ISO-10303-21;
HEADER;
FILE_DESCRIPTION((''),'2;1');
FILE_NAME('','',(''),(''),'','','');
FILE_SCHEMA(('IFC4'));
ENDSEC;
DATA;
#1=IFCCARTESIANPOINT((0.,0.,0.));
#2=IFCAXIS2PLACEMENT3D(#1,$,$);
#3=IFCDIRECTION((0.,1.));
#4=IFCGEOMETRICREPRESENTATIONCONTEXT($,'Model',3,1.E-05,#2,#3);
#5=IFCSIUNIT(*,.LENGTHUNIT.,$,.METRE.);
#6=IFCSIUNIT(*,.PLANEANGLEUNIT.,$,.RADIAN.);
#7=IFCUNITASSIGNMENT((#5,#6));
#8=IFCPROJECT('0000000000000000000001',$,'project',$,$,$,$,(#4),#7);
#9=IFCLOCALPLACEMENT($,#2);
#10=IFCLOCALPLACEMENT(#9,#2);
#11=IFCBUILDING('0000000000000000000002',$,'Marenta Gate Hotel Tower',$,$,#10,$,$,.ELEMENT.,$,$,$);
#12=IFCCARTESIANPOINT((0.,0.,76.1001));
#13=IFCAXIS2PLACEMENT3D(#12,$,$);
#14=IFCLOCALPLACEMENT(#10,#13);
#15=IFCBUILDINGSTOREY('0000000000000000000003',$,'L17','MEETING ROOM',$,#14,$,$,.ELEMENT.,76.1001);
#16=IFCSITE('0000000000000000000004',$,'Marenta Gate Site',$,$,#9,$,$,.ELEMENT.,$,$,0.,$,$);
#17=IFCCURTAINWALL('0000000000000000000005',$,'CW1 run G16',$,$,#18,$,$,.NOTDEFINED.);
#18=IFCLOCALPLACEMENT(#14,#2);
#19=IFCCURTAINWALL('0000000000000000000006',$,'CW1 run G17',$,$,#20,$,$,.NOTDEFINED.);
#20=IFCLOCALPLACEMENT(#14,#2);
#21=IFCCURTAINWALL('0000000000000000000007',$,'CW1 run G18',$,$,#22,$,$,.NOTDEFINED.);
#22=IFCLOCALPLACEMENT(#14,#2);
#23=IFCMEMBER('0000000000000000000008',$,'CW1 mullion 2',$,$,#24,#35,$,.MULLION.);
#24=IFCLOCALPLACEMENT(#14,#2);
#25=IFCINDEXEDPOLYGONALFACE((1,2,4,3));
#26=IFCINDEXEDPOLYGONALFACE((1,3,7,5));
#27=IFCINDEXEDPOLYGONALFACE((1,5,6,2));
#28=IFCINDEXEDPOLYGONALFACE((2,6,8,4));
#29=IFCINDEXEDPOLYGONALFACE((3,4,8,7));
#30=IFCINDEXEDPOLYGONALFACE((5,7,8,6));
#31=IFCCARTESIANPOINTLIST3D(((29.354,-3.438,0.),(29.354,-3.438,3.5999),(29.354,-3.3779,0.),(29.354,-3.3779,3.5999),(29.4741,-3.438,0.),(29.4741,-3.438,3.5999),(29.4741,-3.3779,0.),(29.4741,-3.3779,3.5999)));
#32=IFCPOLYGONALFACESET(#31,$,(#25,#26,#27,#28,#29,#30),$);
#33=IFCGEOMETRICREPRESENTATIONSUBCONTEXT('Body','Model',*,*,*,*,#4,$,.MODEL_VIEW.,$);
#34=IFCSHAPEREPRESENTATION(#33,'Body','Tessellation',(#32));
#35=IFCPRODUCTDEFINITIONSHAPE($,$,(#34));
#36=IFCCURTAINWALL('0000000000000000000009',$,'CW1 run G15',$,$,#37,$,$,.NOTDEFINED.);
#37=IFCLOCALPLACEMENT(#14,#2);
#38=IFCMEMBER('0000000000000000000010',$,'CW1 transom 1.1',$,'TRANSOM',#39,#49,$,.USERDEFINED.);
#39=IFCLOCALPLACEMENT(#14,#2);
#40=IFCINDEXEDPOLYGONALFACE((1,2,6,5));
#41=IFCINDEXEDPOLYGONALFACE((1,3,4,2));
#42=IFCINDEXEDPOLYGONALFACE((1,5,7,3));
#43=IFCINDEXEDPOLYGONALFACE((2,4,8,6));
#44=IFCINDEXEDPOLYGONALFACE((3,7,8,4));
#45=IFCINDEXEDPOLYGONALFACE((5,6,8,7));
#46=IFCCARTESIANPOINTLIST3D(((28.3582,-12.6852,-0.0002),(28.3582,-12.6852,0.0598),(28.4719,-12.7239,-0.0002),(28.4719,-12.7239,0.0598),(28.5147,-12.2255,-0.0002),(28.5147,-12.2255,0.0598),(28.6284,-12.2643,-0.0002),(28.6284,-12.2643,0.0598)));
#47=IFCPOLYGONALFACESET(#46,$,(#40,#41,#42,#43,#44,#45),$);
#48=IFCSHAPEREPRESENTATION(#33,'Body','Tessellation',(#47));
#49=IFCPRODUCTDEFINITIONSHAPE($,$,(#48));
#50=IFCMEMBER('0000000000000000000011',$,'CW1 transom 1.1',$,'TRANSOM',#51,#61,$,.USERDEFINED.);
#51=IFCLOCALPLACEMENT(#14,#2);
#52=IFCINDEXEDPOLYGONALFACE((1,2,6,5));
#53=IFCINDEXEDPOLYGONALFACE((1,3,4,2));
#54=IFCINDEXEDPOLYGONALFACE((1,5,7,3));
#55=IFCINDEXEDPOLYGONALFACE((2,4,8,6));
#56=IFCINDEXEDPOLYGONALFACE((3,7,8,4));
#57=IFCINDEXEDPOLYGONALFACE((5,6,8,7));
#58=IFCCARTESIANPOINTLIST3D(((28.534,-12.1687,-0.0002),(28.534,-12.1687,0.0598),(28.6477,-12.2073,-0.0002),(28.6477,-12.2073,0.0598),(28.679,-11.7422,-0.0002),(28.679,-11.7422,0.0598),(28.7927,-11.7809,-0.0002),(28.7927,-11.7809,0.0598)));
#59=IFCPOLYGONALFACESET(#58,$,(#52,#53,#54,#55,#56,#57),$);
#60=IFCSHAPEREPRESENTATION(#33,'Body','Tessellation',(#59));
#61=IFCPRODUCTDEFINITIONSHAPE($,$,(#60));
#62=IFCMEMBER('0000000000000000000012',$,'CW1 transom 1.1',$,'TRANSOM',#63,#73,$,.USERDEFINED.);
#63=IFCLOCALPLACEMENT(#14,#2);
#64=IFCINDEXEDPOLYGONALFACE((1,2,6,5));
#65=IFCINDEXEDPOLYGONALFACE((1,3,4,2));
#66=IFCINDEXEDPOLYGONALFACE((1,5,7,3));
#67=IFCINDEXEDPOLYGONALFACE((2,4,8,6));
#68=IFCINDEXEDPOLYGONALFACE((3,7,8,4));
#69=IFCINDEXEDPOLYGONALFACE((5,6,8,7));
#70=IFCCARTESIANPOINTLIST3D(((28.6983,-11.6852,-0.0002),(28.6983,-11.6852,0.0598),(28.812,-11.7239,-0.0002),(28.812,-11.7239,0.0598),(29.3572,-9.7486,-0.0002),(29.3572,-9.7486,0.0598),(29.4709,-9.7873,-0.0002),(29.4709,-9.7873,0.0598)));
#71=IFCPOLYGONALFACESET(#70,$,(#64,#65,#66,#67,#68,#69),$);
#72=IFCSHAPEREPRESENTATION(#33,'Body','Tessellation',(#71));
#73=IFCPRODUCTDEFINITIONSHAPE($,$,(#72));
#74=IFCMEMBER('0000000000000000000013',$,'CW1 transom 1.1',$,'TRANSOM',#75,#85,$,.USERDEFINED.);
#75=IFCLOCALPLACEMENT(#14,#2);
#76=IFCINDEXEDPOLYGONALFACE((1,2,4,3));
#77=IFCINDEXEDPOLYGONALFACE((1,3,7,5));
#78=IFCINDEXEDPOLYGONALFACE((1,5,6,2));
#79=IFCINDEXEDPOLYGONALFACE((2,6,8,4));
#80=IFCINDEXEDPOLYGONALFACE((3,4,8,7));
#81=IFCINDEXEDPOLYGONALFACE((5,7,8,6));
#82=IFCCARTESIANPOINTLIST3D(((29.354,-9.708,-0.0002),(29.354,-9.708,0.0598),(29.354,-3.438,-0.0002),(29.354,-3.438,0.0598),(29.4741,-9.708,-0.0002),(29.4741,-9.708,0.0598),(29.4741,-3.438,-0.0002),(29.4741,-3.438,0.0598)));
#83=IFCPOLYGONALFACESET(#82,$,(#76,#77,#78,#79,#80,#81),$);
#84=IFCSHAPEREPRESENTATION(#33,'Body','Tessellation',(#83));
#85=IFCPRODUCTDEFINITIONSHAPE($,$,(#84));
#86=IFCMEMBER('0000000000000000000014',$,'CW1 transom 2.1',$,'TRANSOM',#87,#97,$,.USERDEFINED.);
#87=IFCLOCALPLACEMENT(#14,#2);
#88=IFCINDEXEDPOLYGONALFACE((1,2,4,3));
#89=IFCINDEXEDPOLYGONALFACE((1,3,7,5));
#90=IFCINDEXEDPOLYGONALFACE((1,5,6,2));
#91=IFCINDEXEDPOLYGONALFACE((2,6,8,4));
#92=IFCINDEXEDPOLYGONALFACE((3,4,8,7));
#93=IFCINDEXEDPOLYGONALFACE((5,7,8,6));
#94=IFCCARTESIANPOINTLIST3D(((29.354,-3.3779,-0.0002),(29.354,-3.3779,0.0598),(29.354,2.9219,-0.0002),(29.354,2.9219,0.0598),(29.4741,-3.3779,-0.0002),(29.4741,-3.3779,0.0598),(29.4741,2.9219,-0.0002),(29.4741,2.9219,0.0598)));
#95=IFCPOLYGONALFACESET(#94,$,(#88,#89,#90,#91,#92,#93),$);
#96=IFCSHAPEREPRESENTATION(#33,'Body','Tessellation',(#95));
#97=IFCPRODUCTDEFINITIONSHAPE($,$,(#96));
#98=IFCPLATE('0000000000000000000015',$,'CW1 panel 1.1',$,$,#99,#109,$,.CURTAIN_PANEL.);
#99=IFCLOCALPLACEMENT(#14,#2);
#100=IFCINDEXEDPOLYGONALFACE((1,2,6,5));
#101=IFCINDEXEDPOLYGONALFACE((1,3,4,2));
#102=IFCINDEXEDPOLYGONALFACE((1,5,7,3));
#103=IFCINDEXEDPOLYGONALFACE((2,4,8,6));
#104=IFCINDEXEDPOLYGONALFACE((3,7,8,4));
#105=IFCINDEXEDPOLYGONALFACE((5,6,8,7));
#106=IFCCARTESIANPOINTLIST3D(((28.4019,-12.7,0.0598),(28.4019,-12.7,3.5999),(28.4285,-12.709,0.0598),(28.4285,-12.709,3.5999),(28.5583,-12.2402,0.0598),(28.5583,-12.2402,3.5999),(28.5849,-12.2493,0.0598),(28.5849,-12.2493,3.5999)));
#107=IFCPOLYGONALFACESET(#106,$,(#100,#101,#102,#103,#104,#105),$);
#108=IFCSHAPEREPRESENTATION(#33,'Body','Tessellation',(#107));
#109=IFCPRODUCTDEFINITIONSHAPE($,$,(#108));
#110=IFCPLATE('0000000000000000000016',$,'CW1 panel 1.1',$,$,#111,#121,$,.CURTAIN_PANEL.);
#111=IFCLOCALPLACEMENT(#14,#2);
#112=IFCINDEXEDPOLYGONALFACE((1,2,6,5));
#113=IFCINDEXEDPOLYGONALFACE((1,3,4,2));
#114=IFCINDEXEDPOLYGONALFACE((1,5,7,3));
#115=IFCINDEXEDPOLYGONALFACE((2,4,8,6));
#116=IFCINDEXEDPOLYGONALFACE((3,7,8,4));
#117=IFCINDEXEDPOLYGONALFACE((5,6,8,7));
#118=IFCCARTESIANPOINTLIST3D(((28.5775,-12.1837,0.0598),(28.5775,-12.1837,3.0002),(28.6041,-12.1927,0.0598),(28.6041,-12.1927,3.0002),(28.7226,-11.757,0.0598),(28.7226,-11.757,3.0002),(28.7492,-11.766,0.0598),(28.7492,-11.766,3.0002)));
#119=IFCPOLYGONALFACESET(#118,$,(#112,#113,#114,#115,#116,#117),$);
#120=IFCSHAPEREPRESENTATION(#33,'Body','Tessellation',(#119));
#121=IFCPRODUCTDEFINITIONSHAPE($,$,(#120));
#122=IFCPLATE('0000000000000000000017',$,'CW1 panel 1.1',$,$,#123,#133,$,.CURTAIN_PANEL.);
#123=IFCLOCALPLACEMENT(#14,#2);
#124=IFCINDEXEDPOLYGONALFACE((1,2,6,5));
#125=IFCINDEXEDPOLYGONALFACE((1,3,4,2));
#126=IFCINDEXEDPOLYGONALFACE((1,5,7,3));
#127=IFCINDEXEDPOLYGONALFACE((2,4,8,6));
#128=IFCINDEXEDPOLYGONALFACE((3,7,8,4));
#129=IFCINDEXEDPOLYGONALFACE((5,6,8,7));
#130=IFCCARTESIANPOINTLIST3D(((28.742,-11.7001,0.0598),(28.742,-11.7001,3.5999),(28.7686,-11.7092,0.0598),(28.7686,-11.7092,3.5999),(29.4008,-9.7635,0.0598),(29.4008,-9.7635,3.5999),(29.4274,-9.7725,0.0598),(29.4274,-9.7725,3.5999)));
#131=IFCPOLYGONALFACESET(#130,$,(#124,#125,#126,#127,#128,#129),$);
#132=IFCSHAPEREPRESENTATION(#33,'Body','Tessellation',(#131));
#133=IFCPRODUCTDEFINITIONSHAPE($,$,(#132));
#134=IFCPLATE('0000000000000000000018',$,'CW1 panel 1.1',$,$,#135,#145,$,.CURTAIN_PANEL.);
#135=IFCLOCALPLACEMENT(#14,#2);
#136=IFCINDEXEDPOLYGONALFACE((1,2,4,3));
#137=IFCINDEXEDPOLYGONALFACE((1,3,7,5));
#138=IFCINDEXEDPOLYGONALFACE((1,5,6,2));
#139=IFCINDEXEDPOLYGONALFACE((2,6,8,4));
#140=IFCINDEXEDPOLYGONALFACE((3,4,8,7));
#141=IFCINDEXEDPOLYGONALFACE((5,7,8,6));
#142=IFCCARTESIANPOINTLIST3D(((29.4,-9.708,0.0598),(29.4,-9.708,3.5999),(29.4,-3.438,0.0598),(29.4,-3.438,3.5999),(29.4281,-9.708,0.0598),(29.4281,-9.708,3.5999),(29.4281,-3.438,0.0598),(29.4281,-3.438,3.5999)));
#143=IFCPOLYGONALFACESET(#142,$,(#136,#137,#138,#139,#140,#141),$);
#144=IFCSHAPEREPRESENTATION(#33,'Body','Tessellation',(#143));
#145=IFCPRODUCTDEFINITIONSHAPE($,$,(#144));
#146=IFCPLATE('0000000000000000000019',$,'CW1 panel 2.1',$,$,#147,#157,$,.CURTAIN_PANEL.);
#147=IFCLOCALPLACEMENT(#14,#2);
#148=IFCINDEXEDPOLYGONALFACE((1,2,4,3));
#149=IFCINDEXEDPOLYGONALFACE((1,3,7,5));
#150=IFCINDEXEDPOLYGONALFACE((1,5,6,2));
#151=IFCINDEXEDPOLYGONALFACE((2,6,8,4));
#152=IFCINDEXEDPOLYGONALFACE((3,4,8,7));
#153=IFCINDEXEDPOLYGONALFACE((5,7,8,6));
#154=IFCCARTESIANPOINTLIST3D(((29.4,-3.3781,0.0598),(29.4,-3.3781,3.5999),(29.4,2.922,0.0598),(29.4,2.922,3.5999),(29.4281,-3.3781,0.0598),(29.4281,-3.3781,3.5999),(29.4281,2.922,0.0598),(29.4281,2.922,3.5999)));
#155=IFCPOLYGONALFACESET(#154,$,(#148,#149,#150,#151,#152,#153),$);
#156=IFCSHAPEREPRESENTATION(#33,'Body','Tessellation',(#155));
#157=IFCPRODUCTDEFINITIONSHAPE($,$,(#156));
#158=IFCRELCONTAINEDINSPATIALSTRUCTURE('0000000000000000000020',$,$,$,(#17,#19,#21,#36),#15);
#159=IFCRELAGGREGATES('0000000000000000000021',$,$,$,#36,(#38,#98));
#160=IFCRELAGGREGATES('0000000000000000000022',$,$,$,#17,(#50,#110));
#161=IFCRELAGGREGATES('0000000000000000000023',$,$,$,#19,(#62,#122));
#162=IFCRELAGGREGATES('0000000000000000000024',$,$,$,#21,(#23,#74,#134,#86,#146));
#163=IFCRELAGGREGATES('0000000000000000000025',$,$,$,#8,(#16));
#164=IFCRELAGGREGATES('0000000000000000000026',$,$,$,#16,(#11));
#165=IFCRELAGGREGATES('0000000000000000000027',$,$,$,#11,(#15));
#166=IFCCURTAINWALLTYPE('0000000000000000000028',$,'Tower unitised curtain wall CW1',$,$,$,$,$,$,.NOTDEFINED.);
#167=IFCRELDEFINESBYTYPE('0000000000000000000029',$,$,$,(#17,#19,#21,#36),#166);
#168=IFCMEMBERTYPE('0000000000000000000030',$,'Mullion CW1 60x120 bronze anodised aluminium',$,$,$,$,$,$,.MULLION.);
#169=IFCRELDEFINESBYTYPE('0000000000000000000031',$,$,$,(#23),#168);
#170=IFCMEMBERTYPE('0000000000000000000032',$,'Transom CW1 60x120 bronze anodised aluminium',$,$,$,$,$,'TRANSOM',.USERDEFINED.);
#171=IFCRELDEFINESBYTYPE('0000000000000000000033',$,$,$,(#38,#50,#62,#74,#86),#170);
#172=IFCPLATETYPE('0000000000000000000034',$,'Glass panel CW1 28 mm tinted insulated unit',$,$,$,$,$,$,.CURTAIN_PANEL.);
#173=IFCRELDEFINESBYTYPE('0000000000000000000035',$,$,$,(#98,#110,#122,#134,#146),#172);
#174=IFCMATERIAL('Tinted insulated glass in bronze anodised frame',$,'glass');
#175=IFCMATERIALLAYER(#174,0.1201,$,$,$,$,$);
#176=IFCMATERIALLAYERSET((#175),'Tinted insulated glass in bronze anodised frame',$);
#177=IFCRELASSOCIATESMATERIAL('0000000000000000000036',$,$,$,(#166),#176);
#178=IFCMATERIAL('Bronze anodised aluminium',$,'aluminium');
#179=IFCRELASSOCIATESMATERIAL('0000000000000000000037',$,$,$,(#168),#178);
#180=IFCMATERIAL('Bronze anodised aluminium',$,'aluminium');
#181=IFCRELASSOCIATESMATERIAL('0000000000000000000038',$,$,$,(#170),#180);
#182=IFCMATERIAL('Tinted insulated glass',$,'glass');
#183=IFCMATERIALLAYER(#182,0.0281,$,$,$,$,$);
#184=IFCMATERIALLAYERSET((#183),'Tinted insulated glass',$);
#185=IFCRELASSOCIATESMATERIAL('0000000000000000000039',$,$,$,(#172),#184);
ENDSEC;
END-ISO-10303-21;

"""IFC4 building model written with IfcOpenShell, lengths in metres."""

from ifc_helpers import new_model, si_unit, direction, frame, origin, origin_2d, place, context, subcontext, project, spatial, rectangle, extrude, material, layer, layer_set, material_profile, profile_set, type_object, element, aggregate, save


model = new_model("IFC4")

# Units and contexts
model_context = context("Model", 3, precision=1e-05, world=origin(), true_north=direction((0.0, 1.0)))
body_context = subcontext(model_context, "Body", "Model", "MODEL_VIEW")
ifc_project = project(units=[si_unit("LENGTHUNIT", "METRE"), si_unit("PLANEANGLEUNIT", "RADIAN")], contexts=[model_context])

# Site, building, storey
site_placement = place(None, origin())
site = spatial("IfcSite", under=ifc_project, at=site_placement, Name="Marenta Gate Site", CompositionType="ELEMENT", RefElevation=0.0)
building_placement = place(site_placement, origin())
building = spatial("IfcBuilding", under=site, at=building_placement, Name="Marenta Gate Hotel Tower", CompositionType="ELEMENT")
storey_placement = place(building_placement, frame((0.0, 0.0, 76.1001)))
storey = spatial("IfcBuildingStorey", under=building, at=storey_placement, Name="L17", Description="MEETING ROOM", CompositionType="ELEMENT", Elevation=76.1001)

# Curtain walls
ifc_material_1 = material(Name="Tinted insulated glass in bronze anodised frame", Category="glass")
ifc_layer_1 = layer(ifc_material_1, 0.1201)
ifc_layer_set_1 = layer_set([ifc_layer_1], Name="Tinted insulated glass in bronze anodised frame")
curtain_wall_type = type_object("IfcCurtainWallType", Name="Tower unitised curtain wall CW1", PredefinedType="NOTDEFINED", material=ifc_layer_set_1)
curtain_wall_1_placement = place(storey_placement, origin())
curtain_wall_1 = element("IfcCurtainWall", 1, at=curtain_wall_1_placement, inside=storey, type_object=curtain_wall_type, Name="CW1 run G16", PredefinedType="NOTDEFINED")
ifc_material_2 = material(Name="Bronze anodised aluminium", Category="aluminium")
ifc_material_profile_1 = material_profile(ifc_material_2, rectangle(XDim=0.1201, YDim=0.0601, at=origin_2d()), Name="Mullion CW1 60x120 bronze anodised aluminium")
ifc_profile_set_1 = profile_set([ifc_material_profile_1], Name="Bronze anodised aluminium")
member_type_1 = type_object("IfcMemberType", Name="Mullion CW1 60x120 bronze anodised aluminium", PredefinedType="MULLION", material=ifc_profile_set_1)
curtain_wall_2_placement = place(storey_placement, origin())
curtain_wall_2 = element("IfcCurtainWall", 2, at=curtain_wall_2_placement, inside=storey, type_object=curtain_wall_type, Name="CW1 run G17", PredefinedType="NOTDEFINED")

# Curtain wall, member
curtain_wall_3_placement = place(storey_placement, origin())
curtain_wall_3 = element("IfcCurtainWall", 3, at=curtain_wall_3_placement, inside=storey, type_object=curtain_wall_type, Name="CW1 run G18", PredefinedType="NOTDEFINED")
member_1_placement = place(storey_placement, frame((29.4141, -3.408, 0.0), z_axis=(0.0, 0.0, 1.0), x_axis=(-1.0, 0.0, 0.0)))
member_1 = element("IfcMember", 4, at=member_1_placement, type_object=member_type_1, Name="CW1 mullion 2", PredefinedType="MULLION", context=body_context, shape_type="SweptSolid", body=[
    extrude(rectangle(XDim=0.1201, YDim=0.0601, at=origin_2d()), origin(), (0.0, 0.0, 1.0), 3.5999),
])

# Curtain wall, member
curtain_wall_4_placement = place(storey_placement, origin())
curtain_wall_4 = element("IfcCurtainWall", 5, at=curtain_wall_4_placement, inside=storey, type_object=curtain_wall_type, Name="CW1 run G15", PredefinedType="NOTDEFINED")
ifc_material_3 = material(Name="Bronze anodised aluminium", Category="aluminium")
ifc_material_profile_2 = material_profile(ifc_material_3, rectangle(XDim=0.1201, YDim=0.0601, at=origin_2d()), Name="Transom CW1 60x120 bronze anodised aluminium")
ifc_profile_set_2 = profile_set([ifc_material_profile_2], Name="Bronze anodised aluminium")
member_type_2 = type_object("IfcMemberType", Name="Transom CW1 60x120 bronze anodised aluminium", ElementType="TRANSOM", PredefinedType="USERDEFINED", material=ifc_profile_set_2)
member_2_placement = place(storey_placement, frame((28.415, -12.7046, 0.0298), z_axis=(0.322254, 0.946653, 0.0), x_axis=(-0.946653, 0.322254, 0.0)))
member_2 = element("IfcMember", 6, at=member_2_placement, type_object=member_type_2, Name="CW1 transom 1.1", ObjectType="TRANSOM", PredefinedType="USERDEFINED", context=body_context, shape_type="SweptSolid", body=[
    extrude(rectangle(XDim=0.1201, YDim=0.0601, at=origin_2d()), origin(), (0.0, 0.0, 1.0), 0.4856),
])

# Members
member_3_placement = place(storey_placement, frame((28.5908, -12.188, 0.0298), z_axis=(0.321912, 0.946769, 0.0), x_axis=(-0.946769, 0.321912, 0.0)))
member_3 = element("IfcMember", 7, at=member_3_placement, type_object=member_type_2, Name="CW1 transom 1.1", ObjectType="TRANSOM", PredefinedType="USERDEFINED", context=body_context, shape_type="SweptSolid", body=[
    extrude(rectangle(XDim=0.1201, YDim=0.0601, at=origin_2d()), origin(), (0.0, 0.0, 1.0), 0.4504),
])
member_4_placement = place(storey_placement, frame((28.7551, -11.7046, 0.0298), z_axis=(0.32213, 0.946696, 0.0), x_axis=(-0.946696, 0.32213, 0.0)))
member_4 = element("IfcMember", 8, at=member_4_placement, type_object=member_type_2, Name="CW1 transom 1.1", ObjectType="TRANSOM", PredefinedType="USERDEFINED", context=body_context, shape_type="SweptSolid", body=[
    extrude(rectangle(XDim=0.1201, YDim=0.0601, at=origin_2d()), origin(), (0.0, 0.0, 1.0), 2.0457),
])
member_5_placement = place(storey_placement, frame((29.4141, -9.708, 0.0298), z_axis=(0.0, 1.0, 0.0), x_axis=(-1.0, 0.0, 0.0)))
member_5 = element("IfcMember", 9, at=member_5_placement, type_object=member_type_2, Name="CW1 transom 1.1", ObjectType="TRANSOM", PredefinedType="USERDEFINED", context=body_context, shape_type="SweptSolid", body=[
    extrude(rectangle(XDim=0.1201, YDim=0.0601, at=origin_2d()), origin(), (0.0, 0.0, 1.0), 6.27),
])
member_6_placement = place(storey_placement, frame((29.4141, -3.3779, 0.0298), z_axis=(0.0, 1.0, 0.0), x_axis=(-1.0, 0.0, 0.0)))
member_6 = element("IfcMember", 10, at=member_6_placement, type_object=member_type_2, Name="CW1 transom 2.1", ObjectType="TRANSOM", PredefinedType="USERDEFINED", context=body_context, shape_type="SweptSolid", body=[
    extrude(rectangle(XDim=0.1201, YDim=0.0601, at=origin_2d()), origin(), (0.0, 0.0, 1.0), 6.2998),
])

# Plates
ifc_material_4 = material(Name="Tinted insulated glass", Category="glass")
ifc_layer_2 = layer(ifc_material_4, 0.0281)
ifc_layer_set_2 = layer_set([ifc_layer_2], Name="Tinted insulated glass")
plate_type = type_object("IfcPlateType", Name="Glass panel CW1 28 mm tinted insulated unit", PredefinedType="CURTAIN_PANEL", material=ifc_layer_set_2)
plate_1_placement = place(storey_placement, frame((28.4934, -12.4746, 0.0598), z_axis=(0.0, 0.0, 1.0), x_axis=(0.322051, 0.946722, 0.0)))
plate_1 = element("IfcPlate", 11, at=plate_1_placement, type_object=plate_type, Name="CW1 panel 1.1", PredefinedType="CURTAIN_PANEL", context=body_context, shape_type="SweptSolid", body=[
    extrude(rectangle(XDim=0.4856, YDim=0.0281, at=origin_2d()), origin(), (0.0, 0.0, 1.0), 3.54),
])
aggregate(curtain_wall_4, [member_2, plate_1])
plate_2_placement = place(storey_placement, frame((28.6633, -11.9749, 0.0598), z_axis=(0.0, 0.0, 1.0), x_axis=(0.32198, 0.946746, 0.0)))
plate_2 = element("IfcPlate", 12, at=plate_2_placement, type_object=plate_type, Name="CW1 panel 1.1", PredefinedType="CURTAIN_PANEL", context=body_context, shape_type="SweptSolid", body=[
    extrude(rectangle(XDim=0.4507, YDim=0.0281, at=origin_2d()), origin(), (0.0, 0.0, 1.0), 2.9404),
])
aggregate(curtain_wall_1, [member_3, plate_2])
plate_3_placement = place(storey_placement, frame((29.0847, -10.7363, 0.0598), z_axis=(0.0, 0.0, 1.0), x_axis=(0.322035, 0.946728, 0.0)))
plate_3 = element("IfcPlate", 13, at=plate_3_placement, type_object=plate_type, Name="CW1 panel 1.1", PredefinedType="CURTAIN_PANEL", context=body_context, shape_type="SweptSolid", body=[
    extrude(rectangle(XDim=2.0457, YDim=0.0281, at=origin_2d()), origin(), (0.0, 0.0, 1.0), 3.54),
])
aggregate(curtain_wall_2, [member_4, plate_3])
plate_4_placement = place(storey_placement, frame((29.4141, -6.573, 0.0598), z_axis=(0.0, 0.0, 1.0), x_axis=(0.0, 1.0, 0.0)))
plate_4 = element("IfcPlate", 14, at=plate_4_placement, type_object=plate_type, Name="CW1 panel 1.1", PredefinedType="CURTAIN_PANEL", context=body_context, shape_type="SweptSolid", body=[
    extrude(rectangle(XDim=6.27, YDim=0.0281, at=origin_2d()), origin(), (0.0, 0.0, 1.0), 3.54),
])
plate_5_placement = place(storey_placement, frame((29.4141, -0.228, 0.0598), z_axis=(0.0, 0.0, 1.0), x_axis=(0.0, 1.0, 0.0)))
plate_5 = element("IfcPlate", 15, at=plate_5_placement, type_object=plate_type, Name="CW1 panel 2.1", PredefinedType="CURTAIN_PANEL", context=body_context, shape_type="SweptSolid", body=[
    extrude(rectangle(XDim=6.3, YDim=0.0281, at=origin_2d()), origin(), (0.0, 0.0, 1.0), 3.54),
])
aggregate(curtain_wall_3, [member_1, member_5, plate_4, member_6, plate_5])

save(model, "model.ifc")
